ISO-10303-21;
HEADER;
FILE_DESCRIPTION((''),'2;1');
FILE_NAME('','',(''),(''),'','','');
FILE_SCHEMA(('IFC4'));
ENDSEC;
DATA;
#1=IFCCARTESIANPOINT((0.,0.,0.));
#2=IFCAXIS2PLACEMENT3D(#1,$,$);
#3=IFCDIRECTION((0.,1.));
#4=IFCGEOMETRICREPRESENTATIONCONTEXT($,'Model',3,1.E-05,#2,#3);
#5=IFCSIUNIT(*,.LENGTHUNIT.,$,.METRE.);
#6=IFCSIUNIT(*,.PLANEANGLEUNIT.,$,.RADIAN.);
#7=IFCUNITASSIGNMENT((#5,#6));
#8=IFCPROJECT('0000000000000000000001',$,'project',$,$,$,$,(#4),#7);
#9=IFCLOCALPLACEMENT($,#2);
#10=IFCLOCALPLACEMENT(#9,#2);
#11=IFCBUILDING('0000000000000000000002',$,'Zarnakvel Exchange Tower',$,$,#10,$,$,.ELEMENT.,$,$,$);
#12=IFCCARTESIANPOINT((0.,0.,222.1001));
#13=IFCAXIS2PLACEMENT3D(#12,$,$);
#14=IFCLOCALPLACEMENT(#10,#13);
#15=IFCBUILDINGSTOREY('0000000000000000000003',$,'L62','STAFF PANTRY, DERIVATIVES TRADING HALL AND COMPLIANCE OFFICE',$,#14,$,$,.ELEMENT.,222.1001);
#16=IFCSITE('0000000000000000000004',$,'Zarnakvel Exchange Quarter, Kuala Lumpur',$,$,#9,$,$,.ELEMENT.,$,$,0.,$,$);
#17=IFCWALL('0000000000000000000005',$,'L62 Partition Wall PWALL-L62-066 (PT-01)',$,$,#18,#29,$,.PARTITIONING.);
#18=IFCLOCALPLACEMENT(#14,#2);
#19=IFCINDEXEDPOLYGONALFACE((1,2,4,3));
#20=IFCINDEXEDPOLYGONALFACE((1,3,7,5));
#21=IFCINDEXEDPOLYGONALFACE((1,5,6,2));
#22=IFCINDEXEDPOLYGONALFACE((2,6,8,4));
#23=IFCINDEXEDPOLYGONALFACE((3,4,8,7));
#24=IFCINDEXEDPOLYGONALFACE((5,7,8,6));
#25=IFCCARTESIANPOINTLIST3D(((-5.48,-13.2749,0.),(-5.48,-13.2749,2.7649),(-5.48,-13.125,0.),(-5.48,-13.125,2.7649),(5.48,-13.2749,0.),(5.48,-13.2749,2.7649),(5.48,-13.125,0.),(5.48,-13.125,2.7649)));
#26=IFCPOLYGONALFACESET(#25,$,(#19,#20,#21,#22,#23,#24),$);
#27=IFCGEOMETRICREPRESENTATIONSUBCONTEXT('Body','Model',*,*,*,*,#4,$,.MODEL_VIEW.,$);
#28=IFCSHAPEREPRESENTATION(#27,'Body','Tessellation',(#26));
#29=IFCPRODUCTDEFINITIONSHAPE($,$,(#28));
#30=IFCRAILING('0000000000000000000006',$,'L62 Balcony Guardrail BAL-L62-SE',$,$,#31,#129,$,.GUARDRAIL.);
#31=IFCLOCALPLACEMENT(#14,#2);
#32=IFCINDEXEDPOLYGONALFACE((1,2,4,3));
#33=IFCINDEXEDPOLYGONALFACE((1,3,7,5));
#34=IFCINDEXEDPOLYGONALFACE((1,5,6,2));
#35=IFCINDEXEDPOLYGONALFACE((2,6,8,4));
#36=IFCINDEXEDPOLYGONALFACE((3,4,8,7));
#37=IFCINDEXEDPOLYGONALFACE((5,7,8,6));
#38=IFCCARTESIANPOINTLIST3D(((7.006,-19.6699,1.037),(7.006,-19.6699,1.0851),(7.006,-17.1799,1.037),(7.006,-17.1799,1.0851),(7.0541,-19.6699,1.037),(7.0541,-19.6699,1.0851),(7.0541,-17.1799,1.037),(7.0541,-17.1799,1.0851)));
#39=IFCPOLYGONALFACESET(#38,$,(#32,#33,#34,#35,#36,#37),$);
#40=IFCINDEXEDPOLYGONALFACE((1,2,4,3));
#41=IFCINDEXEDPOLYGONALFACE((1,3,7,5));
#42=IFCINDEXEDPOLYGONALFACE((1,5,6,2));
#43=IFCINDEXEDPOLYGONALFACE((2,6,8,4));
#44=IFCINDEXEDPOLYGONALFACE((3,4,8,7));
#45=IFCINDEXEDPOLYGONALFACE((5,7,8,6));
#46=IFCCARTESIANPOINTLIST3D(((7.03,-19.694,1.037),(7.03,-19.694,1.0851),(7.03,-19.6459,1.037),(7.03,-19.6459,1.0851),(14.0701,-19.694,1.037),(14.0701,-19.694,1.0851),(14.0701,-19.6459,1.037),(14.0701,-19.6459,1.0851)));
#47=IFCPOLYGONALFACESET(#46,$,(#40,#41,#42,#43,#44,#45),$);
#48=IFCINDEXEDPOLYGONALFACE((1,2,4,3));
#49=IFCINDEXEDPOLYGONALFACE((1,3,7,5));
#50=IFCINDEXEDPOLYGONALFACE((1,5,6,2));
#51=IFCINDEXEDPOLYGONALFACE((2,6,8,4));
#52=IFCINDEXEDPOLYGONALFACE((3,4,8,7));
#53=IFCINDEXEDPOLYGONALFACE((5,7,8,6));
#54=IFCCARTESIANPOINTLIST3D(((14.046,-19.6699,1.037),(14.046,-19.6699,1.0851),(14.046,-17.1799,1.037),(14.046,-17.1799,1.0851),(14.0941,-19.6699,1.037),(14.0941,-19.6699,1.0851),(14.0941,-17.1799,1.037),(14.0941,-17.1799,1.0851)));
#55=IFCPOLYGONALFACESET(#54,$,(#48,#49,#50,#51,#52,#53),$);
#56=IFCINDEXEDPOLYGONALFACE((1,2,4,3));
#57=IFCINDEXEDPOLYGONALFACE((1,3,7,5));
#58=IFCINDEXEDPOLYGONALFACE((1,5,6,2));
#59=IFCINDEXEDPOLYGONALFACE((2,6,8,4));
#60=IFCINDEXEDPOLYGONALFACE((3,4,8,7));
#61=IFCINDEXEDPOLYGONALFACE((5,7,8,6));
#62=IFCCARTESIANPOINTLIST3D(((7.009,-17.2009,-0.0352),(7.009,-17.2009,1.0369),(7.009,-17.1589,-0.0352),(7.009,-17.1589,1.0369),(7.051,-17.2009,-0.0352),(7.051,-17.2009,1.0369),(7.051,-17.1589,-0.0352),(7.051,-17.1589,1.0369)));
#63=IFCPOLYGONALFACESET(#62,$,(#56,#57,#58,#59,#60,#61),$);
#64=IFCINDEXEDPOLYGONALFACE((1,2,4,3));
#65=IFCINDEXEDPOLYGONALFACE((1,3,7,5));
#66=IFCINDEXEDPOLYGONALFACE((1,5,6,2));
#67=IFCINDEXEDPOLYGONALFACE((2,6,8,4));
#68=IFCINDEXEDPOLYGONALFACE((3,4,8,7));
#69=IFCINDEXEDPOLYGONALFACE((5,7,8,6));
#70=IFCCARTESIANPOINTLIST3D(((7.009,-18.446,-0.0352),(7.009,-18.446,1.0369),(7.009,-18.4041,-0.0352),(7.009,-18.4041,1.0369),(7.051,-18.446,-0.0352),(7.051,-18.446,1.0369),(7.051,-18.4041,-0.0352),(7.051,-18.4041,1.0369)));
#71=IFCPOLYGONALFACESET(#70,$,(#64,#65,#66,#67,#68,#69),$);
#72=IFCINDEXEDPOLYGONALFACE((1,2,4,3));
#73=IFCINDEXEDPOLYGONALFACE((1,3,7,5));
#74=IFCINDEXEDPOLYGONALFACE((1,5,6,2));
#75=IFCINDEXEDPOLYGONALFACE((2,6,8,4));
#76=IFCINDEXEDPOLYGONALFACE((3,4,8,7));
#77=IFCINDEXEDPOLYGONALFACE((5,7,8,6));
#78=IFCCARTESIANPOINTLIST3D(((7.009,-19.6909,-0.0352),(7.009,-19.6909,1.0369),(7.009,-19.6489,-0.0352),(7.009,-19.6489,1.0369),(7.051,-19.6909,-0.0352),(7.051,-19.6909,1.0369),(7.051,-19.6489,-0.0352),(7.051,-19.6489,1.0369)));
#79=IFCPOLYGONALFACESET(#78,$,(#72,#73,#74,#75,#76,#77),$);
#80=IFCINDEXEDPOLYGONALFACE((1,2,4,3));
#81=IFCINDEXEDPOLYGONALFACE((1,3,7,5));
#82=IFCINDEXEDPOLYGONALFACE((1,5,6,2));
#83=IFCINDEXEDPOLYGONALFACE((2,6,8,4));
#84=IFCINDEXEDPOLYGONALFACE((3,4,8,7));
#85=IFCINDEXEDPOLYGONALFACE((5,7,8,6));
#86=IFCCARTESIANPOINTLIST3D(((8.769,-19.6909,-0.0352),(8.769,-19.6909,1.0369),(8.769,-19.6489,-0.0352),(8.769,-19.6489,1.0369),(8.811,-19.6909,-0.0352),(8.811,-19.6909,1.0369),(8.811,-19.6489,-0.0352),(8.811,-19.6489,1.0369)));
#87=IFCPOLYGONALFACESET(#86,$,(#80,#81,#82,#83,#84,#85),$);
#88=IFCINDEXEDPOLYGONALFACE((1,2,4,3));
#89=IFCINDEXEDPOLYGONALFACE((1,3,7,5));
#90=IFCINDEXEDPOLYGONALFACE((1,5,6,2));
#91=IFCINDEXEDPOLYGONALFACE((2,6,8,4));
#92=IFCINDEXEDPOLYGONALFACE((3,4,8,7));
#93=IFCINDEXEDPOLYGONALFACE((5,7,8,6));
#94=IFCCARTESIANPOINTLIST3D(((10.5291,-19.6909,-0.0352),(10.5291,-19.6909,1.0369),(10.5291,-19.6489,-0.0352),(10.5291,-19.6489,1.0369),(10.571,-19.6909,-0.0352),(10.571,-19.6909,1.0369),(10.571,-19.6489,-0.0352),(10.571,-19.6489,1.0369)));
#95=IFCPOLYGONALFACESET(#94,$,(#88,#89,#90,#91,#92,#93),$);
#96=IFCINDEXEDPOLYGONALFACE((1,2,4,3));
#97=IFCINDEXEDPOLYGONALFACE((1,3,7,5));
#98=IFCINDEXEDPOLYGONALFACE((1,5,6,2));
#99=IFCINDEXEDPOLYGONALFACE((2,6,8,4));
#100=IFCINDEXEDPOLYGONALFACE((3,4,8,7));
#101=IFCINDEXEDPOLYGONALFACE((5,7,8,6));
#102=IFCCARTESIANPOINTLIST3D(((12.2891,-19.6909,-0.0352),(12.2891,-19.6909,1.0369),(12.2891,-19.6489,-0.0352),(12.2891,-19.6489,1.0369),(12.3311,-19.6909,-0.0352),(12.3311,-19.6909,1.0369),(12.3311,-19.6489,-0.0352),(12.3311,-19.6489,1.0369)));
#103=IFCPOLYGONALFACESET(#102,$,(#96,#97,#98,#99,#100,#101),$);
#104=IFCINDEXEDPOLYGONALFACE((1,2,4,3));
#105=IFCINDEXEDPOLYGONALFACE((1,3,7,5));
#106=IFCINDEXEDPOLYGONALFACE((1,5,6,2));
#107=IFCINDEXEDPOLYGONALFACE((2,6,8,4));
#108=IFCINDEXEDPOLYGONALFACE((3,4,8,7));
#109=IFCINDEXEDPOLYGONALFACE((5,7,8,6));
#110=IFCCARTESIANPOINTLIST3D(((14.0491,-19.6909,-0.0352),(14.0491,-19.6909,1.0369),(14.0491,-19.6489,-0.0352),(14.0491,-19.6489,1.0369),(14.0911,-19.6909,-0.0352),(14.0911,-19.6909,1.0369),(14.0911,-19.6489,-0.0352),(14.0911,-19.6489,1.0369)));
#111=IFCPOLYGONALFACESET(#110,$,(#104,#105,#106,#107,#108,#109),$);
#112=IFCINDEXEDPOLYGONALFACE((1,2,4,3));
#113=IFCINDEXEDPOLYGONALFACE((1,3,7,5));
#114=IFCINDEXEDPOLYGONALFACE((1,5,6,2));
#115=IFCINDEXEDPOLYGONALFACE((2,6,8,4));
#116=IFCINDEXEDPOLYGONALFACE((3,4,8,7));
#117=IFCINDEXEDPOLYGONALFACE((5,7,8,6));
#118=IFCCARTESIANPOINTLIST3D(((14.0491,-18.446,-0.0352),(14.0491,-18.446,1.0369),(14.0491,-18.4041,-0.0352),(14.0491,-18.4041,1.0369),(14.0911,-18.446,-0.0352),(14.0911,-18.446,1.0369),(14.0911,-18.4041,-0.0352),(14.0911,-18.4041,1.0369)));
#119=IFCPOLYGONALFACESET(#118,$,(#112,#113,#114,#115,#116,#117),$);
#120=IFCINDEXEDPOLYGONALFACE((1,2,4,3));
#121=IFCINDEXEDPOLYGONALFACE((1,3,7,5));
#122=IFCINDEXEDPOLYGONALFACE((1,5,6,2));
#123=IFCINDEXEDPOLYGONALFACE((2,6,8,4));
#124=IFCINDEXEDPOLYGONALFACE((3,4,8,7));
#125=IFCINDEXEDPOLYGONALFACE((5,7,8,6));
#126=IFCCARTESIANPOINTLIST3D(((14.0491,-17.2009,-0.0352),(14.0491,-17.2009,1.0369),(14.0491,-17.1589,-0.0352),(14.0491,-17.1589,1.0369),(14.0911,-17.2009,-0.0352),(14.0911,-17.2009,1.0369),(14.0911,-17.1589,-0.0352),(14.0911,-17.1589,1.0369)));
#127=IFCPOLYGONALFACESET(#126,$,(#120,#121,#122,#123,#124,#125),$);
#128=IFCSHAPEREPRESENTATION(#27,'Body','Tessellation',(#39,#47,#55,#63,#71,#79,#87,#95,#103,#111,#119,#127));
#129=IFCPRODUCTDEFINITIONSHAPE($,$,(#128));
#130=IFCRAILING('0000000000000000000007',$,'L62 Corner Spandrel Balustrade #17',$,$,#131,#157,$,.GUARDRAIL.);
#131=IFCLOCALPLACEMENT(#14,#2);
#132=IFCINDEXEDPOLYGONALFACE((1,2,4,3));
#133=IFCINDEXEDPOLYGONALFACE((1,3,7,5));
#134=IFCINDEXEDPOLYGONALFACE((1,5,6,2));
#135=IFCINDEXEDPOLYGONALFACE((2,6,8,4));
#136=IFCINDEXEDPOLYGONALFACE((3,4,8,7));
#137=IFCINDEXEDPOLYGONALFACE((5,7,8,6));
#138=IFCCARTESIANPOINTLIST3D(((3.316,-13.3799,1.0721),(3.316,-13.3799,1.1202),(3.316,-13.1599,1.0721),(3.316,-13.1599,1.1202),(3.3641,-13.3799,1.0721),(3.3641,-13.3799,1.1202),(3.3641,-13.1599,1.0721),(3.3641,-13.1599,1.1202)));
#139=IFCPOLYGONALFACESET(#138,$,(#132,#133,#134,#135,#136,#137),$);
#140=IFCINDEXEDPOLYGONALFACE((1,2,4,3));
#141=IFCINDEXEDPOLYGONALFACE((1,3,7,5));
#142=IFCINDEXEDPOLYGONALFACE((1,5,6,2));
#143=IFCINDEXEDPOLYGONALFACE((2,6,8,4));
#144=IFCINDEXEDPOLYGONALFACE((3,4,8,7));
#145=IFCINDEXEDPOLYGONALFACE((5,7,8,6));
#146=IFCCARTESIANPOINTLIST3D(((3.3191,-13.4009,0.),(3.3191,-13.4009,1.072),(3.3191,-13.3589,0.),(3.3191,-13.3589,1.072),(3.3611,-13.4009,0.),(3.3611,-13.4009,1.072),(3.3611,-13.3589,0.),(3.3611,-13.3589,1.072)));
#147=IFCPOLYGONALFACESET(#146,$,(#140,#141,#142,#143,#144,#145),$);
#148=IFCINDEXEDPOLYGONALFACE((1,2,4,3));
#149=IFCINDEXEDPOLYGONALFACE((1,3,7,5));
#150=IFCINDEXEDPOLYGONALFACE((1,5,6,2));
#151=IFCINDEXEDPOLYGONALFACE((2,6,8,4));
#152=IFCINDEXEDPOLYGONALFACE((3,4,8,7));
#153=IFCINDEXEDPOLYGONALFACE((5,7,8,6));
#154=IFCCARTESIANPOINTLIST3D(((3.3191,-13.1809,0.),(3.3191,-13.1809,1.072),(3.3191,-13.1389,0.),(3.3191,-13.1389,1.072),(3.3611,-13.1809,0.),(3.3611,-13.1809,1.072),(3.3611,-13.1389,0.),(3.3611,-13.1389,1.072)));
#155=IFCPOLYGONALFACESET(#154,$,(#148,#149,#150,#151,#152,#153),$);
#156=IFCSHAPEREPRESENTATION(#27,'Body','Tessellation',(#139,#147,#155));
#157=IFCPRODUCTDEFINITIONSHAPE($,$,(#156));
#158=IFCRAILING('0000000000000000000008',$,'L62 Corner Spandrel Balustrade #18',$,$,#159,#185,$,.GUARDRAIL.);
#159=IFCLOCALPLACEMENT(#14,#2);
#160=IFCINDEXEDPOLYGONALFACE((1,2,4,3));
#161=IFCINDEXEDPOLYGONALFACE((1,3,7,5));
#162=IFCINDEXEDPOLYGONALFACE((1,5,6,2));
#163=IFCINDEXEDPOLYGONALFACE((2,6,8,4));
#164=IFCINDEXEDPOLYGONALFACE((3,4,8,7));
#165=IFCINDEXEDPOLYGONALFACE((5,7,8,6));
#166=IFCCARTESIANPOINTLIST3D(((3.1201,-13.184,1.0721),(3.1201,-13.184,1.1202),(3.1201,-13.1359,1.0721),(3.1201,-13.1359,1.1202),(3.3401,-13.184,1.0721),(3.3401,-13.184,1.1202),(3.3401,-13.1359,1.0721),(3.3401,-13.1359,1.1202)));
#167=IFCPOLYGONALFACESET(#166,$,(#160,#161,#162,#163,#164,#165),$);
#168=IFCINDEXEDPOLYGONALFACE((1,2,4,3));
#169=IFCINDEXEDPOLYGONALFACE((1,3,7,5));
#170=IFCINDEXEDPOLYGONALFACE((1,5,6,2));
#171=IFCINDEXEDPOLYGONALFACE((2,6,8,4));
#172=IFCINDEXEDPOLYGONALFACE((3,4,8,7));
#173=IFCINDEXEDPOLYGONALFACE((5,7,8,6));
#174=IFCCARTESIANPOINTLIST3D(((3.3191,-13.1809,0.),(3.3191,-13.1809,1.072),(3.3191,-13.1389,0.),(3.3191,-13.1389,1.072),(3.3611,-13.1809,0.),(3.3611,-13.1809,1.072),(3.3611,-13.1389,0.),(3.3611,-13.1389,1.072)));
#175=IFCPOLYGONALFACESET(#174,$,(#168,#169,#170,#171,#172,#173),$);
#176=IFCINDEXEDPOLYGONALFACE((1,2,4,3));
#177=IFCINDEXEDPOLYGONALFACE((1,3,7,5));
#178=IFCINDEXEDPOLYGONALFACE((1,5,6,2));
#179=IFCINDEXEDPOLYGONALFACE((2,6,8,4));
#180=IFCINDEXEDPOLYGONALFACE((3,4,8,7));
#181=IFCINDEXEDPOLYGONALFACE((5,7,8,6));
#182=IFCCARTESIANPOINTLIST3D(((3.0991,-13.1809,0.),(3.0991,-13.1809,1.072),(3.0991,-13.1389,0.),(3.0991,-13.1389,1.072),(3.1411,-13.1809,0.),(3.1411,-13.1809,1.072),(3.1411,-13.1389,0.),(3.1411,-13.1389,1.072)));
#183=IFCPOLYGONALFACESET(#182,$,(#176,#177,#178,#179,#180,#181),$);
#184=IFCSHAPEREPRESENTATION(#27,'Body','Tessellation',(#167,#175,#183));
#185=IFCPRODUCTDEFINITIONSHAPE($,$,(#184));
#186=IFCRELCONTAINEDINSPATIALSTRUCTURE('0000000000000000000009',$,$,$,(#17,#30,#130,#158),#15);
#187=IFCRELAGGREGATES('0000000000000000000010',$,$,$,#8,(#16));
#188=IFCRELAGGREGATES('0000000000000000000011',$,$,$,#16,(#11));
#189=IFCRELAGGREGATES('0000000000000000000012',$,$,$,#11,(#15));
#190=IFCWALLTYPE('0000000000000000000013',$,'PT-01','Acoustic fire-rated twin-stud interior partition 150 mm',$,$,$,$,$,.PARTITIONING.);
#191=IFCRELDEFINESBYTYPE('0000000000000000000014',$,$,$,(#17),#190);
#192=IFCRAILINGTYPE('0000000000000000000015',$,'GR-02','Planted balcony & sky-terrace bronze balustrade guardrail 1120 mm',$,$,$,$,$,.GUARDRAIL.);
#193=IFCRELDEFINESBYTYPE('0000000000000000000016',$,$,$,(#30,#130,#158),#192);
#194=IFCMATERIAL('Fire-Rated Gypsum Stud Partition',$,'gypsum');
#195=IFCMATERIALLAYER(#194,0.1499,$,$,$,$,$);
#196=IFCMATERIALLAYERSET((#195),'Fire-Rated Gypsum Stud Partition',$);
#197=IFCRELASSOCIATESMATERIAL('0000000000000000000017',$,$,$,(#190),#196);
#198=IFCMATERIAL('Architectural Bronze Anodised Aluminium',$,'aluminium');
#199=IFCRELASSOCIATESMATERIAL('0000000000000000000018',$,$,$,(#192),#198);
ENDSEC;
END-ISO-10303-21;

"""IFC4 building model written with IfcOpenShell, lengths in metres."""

from ifc_helpers import new_model, si_unit, direction, frame, frame_2d, origin, origin_2d, place, context, subcontext, project, spatial, rectangle, extrude, material, layer, layer_set, type_object, element, save


model = new_model("IFC4")

# Units and contexts
model_context = context("Model", 3, precision=1e-05, world=origin(), true_north=direction((0.0, 1.0)))
body_context = subcontext(model_context, "Body", "Model", "MODEL_VIEW")
ifc_project = project(units=[si_unit("LENGTHUNIT", "METRE"), si_unit("PLANEANGLEUNIT", "RADIAN")], contexts=[model_context])

# Site, building, storey
site_placement = place(None, origin())
site = spatial("IfcSite", under=ifc_project, at=site_placement, Name="Zarnakvel Exchange Quarter, Kuala Lumpur", CompositionType="ELEMENT", RefElevation=0.0)
building_placement = place(site_placement, origin())
building = spatial("IfcBuilding", under=site, at=building_placement, Name="Zarnakvel Exchange Tower", CompositionType="ELEMENT")
storey_placement = place(building_placement, frame((0.0, 0.0, 222.1001)))
storey = spatial("IfcBuildingStorey", under=building, at=storey_placement, Name="L62", Description="STAFF PANTRY, DERIVATIVES TRADING HALL AND COMPLIANCE OFFICE", CompositionType="ELEMENT", Elevation=222.1001)

# Shared definitions
ifc_material_1 = material(Name="Architectural Bronze Anodised Aluminium", Category="aluminium")

# Wall
ifc_material_2 = material(Name="Fire-Rated Gypsum Stud Partition", Category="gypsum")
ifc_layer_1 = layer(ifc_material_2, 0.1499)
ifc_layer_set_1 = layer_set([ifc_layer_1], Name="Fire-Rated Gypsum Stud Partition")
wall_type_1 = type_object("IfcWallType", Name="PT-01", Description="Acoustic fire-rated twin-stud interior partition 150 mm", PredefinedType="PARTITIONING", material=ifc_layer_set_1)
wall_1_placement = place(storey_placement, frame((5.48, -13.2, 0.0), z_axis=(0.0, 0.0, 1.0), x_axis=(-1.0, 0.0, 0.0)))
element("IfcWall", 1, at=wall_1_placement, inside=storey, type_object=wall_type_1, Name="L62 Partition Wall PWALL-L62-066 (PT-01)", PredefinedType="PARTITIONING", context=body_context, shape_type="SweptSolid", body=[
    extrude(rectangle(XDim=10.96, YDim=0.1499, at=frame_2d((5.48, 0.0))), origin(), (0.0, 0.0, 1.0), 2.7649),
])

# Railings
railing_type = type_object("IfcRailingType", Name="GR-02", Description="Planted balcony & sky-terrace bronze balustrade guardrail 1120 mm", PredefinedType="GUARDRAIL", material=ifc_material_1)
railing_1_placement = place(storey_placement, frame((7.03, -17.1799, -0.0352)))
element("IfcRailing", 2, at=railing_1_placement, inside=storey, type_object=railing_type, Name="L62 Balcony Guardrail BAL-L62-SE", PredefinedType="GUARDRAIL", context=body_context, shape_type="SweptSolid", body=[
    extrude(rectangle(XDim=0.0481, YDim=0.0481, at=origin_2d()), frame((0.0, 0.0, 1.0962), z_axis=(0.0, -1.0, 0.0), x_axis=(1.0, 0.0, 0.0)), (0.0, 0.0, 1.0), 2.49),
    extrude(rectangle(XDim=0.0481, YDim=0.0481, at=origin_2d()), frame((0.0, -2.49, 1.0962), z_axis=(1.0, 0.0, 0.0), x_axis=(0.0, 1.0, 0.0)), (0.0, 0.0, 1.0), 7.04),
    extrude(rectangle(XDim=0.0481, YDim=0.0481, at=origin_2d()), frame((7.04, -2.49, 1.0962), z_axis=(0.0, 1.0, 0.0), x_axis=(-1.0, 0.0, 0.0)), (0.0, 0.0, 1.0), 2.49),
    extrude(rectangle(XDim=0.042, YDim=0.042, at=origin_2d()), origin(), (0.0, 0.0, 1.0), 1.072),
    extrude(rectangle(XDim=0.042, YDim=0.042, at=origin_2d()), frame((0.0, -1.2451, 0.0)), (0.0, 0.0, 1.0), 1.072),
    extrude(rectangle(XDim=0.042, YDim=0.042, at=origin_2d()), frame((0.0, -2.49, 0.0)), (0.0, 0.0, 1.0), 1.072),
    extrude(rectangle(XDim=0.042, YDim=0.042, at=origin_2d()), frame((1.76, -2.49, 0.0)), (0.0, 0.0, 1.0), 1.072),
    extrude(rectangle(XDim=0.042, YDim=0.042, at=origin_2d()), frame((3.52, -2.49, 0.0)), (0.0, 0.0, 1.0), 1.072),
    extrude(rectangle(XDim=0.042, YDim=0.042, at=origin_2d()), frame((5.28, -2.49, 0.0)), (0.0, 0.0, 1.0), 1.072),
    extrude(rectangle(XDim=0.042, YDim=0.042, at=origin_2d()), frame((7.04, -2.49, 0.0)), (0.0, 0.0, 1.0), 1.072),
    extrude(rectangle(XDim=0.042, YDim=0.042, at=origin_2d()), frame((7.04, -1.2451, 0.0)), (0.0, 0.0, 1.0), 1.072),
    extrude(rectangle(XDim=0.042, YDim=0.042, at=origin_2d()), frame((7.04, 0.0, 0.0)), (0.0, 0.0, 1.0), 1.072),
])
railing_2_placement = place(storey_placement, frame((3.3401, -13.3799, 0.0)))
element("IfcRailing", 3, at=railing_2_placement, inside=storey, type_object=railing_type, Name="L62 Corner Spandrel Balustrade #17", PredefinedType="GUARDRAIL", context=body_context, shape_type="SweptSolid", body=[
    extrude(rectangle(XDim=0.0481, YDim=0.0481, at=origin_2d()), frame((0.0, 0.0, 1.0962), z_axis=(0.0, 1.0, 0.0), x_axis=(-1.0, 0.0, 0.0)), (0.0, 0.0, 1.0), 0.22),
    extrude(rectangle(XDim=0.042, YDim=0.042, at=origin_2d()), origin(), (0.0, 0.0, 1.0), 1.072),
    extrude(rectangle(XDim=0.042, YDim=0.042, at=origin_2d()), frame((0.0, 0.22, 0.0)), (0.0, 0.0, 1.0), 1.072),
])
railing_3_placement = place(storey_placement, frame((3.3401, -13.1599, 0.0)))
element("IfcRailing", 4, at=railing_3_placement, inside=storey, type_object=railing_type, Name="L62 Corner Spandrel Balustrade #18", PredefinedType="GUARDRAIL", context=body_context, shape_type="SweptSolid", body=[
    extrude(rectangle(XDim=0.0481, YDim=0.0481, at=origin_2d()), frame((0.0, 0.0, 1.0962), z_axis=(-1.0, 0.0, 0.0), x_axis=(0.0, -1.0, 0.0)), (0.0, 0.0, 1.0), 0.22),
    extrude(rectangle(XDim=0.042, YDim=0.042, at=origin_2d()), origin(), (0.0, 0.0, 1.0), 1.072),
    extrude(rectangle(XDim=0.042, YDim=0.042, at=origin_2d()), frame((-0.22, 0.0, 0.0)), (0.0, 0.0, 1.0), 1.072),
])

save(model, "model.ifc")
